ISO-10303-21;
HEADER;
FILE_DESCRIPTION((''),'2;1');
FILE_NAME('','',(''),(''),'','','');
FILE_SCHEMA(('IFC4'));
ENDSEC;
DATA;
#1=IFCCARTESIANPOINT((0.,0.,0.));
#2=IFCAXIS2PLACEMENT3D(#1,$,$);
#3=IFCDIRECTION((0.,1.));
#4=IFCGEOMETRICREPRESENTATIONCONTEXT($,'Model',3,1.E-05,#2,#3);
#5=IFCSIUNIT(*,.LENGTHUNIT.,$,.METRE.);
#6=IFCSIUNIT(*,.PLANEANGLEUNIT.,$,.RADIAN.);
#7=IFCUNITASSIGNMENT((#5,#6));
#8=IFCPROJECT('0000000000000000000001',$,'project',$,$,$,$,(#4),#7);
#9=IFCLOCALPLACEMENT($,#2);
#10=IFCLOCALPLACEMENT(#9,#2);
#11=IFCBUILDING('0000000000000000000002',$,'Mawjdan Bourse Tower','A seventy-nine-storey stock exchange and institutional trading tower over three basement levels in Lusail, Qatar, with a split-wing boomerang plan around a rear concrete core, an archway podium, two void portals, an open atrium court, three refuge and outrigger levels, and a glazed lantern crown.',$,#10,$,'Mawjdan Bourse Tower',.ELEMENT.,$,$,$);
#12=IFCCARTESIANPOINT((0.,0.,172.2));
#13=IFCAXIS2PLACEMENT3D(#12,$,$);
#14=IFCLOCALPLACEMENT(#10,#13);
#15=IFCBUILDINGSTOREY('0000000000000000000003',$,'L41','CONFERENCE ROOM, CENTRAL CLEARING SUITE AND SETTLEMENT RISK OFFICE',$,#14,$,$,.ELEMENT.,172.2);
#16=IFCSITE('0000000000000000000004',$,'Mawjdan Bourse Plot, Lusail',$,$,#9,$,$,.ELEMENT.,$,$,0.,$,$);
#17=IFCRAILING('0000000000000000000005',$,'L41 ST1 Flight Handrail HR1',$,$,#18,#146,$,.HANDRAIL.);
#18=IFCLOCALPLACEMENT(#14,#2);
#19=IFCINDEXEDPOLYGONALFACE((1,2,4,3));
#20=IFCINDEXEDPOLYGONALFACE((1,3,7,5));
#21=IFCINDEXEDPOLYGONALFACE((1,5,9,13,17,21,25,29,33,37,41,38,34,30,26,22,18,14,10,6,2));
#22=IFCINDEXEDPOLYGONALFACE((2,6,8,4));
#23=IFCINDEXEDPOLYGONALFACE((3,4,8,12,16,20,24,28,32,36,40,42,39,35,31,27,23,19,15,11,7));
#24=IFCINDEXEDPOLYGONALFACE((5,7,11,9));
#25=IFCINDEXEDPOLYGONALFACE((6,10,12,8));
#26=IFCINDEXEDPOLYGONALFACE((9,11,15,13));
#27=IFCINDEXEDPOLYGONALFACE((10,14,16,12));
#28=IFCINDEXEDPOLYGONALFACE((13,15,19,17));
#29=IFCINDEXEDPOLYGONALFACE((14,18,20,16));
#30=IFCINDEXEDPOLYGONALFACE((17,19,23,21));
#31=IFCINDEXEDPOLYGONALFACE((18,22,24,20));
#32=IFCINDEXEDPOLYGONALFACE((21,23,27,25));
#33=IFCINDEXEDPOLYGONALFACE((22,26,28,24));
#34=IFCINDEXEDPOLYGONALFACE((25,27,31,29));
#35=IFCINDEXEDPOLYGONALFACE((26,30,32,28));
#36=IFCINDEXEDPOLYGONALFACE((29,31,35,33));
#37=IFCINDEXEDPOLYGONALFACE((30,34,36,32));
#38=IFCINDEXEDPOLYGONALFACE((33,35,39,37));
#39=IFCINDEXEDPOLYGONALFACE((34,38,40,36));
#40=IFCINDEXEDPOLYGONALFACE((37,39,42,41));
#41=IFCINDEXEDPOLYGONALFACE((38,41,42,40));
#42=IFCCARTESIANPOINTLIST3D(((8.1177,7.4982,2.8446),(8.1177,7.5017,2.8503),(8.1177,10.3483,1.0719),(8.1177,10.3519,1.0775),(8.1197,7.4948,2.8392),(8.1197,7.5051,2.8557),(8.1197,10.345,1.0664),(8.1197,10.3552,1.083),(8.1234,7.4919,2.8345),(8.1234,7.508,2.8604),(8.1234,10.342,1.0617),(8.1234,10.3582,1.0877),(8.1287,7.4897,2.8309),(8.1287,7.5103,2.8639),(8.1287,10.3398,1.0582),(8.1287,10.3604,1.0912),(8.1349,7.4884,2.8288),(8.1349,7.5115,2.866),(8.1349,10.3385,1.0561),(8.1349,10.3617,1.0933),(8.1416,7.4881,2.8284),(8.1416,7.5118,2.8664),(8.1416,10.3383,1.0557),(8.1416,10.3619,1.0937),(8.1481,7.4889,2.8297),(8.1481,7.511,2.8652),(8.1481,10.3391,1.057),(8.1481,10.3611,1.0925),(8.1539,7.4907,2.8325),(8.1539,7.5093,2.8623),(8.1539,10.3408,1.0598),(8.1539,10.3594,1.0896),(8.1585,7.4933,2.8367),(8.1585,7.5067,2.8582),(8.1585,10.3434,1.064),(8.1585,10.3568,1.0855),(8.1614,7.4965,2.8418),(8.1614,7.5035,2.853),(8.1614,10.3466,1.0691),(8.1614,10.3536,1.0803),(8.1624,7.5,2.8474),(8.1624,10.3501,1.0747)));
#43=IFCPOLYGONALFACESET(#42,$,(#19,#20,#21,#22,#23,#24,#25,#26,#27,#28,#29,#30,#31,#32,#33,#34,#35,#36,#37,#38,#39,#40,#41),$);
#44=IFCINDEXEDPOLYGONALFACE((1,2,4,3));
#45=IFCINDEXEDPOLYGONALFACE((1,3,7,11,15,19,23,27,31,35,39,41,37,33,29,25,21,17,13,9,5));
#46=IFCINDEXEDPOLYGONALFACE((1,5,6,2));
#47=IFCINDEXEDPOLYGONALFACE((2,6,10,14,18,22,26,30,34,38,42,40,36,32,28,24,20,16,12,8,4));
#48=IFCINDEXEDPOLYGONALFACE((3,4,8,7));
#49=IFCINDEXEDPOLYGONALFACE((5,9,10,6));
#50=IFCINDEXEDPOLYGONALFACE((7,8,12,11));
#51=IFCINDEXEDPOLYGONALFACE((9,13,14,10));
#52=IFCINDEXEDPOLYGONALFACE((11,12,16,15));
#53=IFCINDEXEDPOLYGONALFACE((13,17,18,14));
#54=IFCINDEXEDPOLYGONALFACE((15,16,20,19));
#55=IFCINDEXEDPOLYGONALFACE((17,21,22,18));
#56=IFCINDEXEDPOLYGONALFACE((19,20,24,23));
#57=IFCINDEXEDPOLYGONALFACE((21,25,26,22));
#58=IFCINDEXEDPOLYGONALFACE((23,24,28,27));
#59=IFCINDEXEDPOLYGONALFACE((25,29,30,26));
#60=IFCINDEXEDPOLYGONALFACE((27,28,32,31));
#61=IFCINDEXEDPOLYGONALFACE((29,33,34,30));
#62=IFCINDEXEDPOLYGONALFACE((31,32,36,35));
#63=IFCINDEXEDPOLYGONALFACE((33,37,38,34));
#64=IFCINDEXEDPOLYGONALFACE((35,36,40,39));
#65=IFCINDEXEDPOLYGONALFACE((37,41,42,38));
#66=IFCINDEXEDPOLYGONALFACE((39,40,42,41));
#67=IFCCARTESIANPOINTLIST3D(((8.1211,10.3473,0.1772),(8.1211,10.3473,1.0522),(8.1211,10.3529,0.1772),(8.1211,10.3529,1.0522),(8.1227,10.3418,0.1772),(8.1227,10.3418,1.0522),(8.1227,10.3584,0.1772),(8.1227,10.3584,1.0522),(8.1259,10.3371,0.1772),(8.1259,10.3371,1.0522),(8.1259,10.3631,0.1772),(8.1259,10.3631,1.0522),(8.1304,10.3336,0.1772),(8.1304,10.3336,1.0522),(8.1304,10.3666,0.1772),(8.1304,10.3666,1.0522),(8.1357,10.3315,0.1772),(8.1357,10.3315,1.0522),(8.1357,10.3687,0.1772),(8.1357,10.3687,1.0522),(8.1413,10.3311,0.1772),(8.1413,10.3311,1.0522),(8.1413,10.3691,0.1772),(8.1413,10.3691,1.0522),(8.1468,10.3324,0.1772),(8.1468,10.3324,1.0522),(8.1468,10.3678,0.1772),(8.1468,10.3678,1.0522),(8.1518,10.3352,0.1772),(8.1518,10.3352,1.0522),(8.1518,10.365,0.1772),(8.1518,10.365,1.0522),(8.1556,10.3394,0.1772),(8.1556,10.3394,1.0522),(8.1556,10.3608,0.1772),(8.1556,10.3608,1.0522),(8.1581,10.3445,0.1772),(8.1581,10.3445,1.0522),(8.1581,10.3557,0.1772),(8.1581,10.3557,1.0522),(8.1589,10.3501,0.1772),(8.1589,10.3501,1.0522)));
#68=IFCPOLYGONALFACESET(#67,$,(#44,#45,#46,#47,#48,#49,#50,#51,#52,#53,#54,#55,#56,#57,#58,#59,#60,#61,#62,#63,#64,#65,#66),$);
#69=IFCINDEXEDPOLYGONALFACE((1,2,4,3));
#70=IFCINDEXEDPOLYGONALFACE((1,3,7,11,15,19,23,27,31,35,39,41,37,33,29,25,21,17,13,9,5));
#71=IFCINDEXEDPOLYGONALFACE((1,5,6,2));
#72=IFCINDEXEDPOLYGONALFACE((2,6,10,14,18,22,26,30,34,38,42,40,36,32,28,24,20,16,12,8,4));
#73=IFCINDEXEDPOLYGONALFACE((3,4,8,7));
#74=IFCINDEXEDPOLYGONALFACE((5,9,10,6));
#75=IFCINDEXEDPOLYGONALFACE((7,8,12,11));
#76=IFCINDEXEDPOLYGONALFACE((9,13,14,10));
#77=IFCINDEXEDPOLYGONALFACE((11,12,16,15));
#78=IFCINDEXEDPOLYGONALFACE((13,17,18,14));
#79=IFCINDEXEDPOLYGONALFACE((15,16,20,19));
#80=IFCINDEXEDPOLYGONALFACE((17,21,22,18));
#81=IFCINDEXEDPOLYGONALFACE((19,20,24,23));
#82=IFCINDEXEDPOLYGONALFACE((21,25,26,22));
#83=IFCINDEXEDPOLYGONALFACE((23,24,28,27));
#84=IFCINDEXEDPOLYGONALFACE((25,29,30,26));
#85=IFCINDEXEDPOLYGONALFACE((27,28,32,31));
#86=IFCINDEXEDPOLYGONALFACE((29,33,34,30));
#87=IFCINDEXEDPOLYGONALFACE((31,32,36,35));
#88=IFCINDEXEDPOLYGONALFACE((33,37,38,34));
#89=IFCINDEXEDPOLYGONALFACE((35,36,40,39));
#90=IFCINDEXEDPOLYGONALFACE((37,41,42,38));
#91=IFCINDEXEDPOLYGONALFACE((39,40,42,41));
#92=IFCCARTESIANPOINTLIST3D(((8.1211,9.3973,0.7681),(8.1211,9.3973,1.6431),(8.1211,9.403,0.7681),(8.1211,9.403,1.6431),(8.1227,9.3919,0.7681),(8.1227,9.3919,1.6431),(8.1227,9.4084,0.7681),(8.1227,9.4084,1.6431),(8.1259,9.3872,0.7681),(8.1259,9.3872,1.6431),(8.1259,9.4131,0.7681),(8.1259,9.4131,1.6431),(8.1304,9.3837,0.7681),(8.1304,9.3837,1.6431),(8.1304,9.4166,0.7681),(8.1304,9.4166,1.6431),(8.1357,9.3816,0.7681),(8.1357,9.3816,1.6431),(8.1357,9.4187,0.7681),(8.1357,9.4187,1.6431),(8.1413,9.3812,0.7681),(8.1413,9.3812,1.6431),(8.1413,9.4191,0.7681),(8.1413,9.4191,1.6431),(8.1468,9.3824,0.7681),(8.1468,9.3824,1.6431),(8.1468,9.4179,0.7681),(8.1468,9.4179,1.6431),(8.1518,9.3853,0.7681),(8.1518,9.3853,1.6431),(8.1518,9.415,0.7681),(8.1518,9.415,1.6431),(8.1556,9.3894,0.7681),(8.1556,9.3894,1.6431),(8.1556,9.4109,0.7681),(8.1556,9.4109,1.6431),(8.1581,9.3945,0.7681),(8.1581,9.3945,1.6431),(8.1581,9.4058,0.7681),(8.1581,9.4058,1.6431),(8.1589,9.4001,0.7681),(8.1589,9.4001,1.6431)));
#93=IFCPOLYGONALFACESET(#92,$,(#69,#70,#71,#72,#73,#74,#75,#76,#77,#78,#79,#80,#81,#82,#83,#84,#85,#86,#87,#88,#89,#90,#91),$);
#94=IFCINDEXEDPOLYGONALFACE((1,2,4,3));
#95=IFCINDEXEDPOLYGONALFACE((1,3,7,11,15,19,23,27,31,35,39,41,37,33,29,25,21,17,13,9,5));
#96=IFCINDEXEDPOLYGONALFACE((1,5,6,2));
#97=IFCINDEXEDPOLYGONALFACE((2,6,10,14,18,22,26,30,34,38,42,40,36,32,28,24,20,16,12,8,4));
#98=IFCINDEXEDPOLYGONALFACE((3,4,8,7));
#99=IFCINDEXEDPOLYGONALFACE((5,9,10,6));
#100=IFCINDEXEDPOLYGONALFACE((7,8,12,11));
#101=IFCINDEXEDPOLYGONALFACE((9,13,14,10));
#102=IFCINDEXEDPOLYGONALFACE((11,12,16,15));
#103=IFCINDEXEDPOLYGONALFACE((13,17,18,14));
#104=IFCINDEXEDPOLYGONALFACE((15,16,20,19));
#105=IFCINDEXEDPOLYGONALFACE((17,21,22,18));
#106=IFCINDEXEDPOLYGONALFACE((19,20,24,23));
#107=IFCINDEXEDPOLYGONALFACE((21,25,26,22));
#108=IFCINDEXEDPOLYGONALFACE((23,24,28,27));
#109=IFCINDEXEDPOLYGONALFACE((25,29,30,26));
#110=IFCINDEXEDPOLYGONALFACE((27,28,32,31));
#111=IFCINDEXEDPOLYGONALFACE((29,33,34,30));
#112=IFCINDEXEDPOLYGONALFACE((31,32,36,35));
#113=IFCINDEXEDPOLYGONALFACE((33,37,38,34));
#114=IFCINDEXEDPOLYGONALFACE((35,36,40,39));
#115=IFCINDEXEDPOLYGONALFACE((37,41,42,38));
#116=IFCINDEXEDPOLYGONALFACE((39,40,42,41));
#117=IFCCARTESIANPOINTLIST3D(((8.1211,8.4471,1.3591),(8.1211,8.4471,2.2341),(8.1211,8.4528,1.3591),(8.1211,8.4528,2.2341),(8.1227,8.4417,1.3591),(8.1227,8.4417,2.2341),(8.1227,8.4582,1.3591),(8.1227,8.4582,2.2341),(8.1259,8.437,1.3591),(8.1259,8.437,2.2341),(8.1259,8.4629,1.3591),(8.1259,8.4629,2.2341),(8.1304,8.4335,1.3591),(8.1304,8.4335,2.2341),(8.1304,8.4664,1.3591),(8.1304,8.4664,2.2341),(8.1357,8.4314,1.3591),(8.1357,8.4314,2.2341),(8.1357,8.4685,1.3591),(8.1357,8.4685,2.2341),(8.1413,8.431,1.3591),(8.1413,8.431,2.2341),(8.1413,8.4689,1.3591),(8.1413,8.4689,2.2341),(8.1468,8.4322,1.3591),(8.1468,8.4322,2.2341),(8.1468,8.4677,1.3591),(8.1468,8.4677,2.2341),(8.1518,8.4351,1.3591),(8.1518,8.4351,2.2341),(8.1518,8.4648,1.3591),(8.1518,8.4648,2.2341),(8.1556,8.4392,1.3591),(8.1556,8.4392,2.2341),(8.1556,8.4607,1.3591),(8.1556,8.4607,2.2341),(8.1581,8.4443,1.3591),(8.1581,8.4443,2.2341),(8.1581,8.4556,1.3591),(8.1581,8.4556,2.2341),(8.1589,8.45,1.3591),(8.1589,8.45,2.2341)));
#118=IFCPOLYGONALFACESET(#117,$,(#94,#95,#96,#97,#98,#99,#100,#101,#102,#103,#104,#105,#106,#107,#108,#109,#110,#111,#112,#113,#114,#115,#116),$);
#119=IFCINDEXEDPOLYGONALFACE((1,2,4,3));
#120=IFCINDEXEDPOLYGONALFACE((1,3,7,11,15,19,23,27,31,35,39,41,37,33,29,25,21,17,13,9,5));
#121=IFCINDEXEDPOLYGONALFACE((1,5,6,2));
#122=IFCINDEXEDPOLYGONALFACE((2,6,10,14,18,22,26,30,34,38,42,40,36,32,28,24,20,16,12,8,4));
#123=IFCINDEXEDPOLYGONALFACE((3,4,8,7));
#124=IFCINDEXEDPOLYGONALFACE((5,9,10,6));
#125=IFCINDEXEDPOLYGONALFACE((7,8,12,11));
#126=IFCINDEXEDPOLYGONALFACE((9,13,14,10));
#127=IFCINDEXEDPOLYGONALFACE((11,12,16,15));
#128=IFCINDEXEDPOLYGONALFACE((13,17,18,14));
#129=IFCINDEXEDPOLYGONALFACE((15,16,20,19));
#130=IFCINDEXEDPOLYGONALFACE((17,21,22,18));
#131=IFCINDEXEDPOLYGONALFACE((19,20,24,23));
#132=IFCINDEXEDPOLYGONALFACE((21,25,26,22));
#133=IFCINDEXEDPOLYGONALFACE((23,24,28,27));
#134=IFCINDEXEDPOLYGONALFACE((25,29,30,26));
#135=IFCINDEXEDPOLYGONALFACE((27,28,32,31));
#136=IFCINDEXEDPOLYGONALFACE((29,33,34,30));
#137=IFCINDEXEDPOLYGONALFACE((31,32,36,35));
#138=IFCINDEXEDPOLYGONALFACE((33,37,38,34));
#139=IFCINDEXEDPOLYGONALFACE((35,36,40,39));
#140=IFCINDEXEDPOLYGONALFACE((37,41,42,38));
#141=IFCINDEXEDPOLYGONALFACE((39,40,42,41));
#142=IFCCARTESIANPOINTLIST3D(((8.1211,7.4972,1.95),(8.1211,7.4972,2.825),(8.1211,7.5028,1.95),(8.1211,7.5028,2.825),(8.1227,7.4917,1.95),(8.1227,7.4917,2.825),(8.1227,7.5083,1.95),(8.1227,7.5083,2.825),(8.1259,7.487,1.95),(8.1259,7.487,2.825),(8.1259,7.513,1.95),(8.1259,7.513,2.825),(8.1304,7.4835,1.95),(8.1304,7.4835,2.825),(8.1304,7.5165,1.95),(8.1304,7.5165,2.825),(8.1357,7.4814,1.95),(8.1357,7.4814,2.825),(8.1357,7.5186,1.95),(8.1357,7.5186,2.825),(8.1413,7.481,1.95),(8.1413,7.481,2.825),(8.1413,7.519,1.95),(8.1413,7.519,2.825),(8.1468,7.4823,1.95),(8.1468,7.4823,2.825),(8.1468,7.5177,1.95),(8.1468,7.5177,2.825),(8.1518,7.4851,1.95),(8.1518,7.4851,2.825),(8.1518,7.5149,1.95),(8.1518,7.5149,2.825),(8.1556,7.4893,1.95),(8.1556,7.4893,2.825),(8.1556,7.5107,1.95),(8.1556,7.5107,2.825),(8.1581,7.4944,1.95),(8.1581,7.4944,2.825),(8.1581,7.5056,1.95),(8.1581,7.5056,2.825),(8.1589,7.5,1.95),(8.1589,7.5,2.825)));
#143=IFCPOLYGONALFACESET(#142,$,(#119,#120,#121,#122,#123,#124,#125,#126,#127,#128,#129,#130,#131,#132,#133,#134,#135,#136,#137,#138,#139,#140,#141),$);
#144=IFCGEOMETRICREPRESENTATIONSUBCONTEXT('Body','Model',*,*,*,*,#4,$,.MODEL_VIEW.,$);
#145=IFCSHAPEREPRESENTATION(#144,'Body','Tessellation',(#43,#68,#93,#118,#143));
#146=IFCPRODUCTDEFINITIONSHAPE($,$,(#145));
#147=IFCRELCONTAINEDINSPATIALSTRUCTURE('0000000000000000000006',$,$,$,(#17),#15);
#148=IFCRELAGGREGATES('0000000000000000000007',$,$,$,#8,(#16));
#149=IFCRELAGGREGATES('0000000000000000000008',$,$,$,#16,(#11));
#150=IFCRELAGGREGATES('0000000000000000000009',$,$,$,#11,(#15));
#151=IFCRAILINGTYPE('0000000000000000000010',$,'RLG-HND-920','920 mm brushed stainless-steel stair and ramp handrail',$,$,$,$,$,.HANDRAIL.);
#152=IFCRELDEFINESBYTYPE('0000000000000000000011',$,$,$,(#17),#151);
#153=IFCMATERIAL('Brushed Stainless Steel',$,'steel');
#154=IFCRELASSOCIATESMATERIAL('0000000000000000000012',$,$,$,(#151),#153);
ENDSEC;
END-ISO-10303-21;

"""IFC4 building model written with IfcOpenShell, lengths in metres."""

from ifc_helpers import new_model, si_unit, direction, frame, origin, origin_2d, place, context, subcontext, project, spatial, circle, extrude, material, type_object, element, save


model = new_model("IFC4")

# Units and contexts
model_context = context("Model", 3, precision=1e-05, world=origin(), true_north=direction((0.0, 1.0)))
body_context = subcontext(model_context, "Body", "Model", "MODEL_VIEW")
ifc_project = project(units=[si_unit("LENGTHUNIT", "METRE"), si_unit("PLANEANGLEUNIT", "RADIAN")], contexts=[model_context])

# Site, building, storey
site_placement = place(None, origin())
site = spatial("IfcSite", under=ifc_project, at=site_placement, Name="Mawjdan Bourse Plot, Lusail", CompositionType="ELEMENT", RefElevation=0.0)
building_placement = place(site_placement, origin())
building = spatial("IfcBuilding", under=site, at=building_placement, Name="Mawjdan Bourse Tower", Description="A seventy-nine-storey stock exchange and institutional trading tower over three basement levels in Lusail, Qatar, with a split-wing boomerang plan around a rear concrete core, an archway podium, two void portals, an open atrium court, three refuge and outrigger levels, and a glazed lantern crown.", LongName="Mawjdan Bourse Tower", CompositionType="ELEMENT")
storey_placement = place(building_placement, frame((0.0, 0.0, 172.2)))
storey = spatial("IfcBuildingStorey", under=building, at=storey_placement, Name="L41", Description="CONFERENCE ROOM, CENTRAL CLEARING SUITE AND SETTLEMENT RISK OFFICE", CompositionType="ELEMENT", Elevation=172.2)

# Railing
ifc_material_1 = material(Name="Brushed Stainless Steel", Category="steel")
railing_type_1 = type_object("IfcRailingType", Name="RLG-HND-920", Description="920 mm brushed stainless-steel stair and ramp handrail", PredefinedType="HANDRAIL", material=ifc_material_1)
railing_1_placement = place(storey_placement, frame((8.1399, 10.3501, 0.1772)))
element("IfcRailing", 1, at=railing_1_placement, inside=storey, type_object=railing_type_1, Name="L41 ST1 Flight Handrail HR1", PredefinedType="HANDRAIL", context=body_context, shape_type="SweptSolid", body=[
    extrude(circle(Radius=0.0225, at=origin_2d()), frame((0.0, 0.0, 0.8975), z_axis=(0.0, -0.849149, 0.528154), x_axis=(1.0, 0.0, 0.0)), (0.0, 0.0, 1.0), 3.3564),
    extrude(circle(Radius=0.019, at=origin_2d()), origin(), (0.0, 0.0, 1.0), 0.875),
    extrude(circle(Radius=0.019, at=origin_2d()), frame((0.0, -0.95, 0.5908)), (0.0, 0.0, 1.0), 0.875),
    extrude(circle(Radius=0.019, at=origin_2d()), frame((0.0, -1.9001, 1.1819)), (0.0, 0.0, 1.0), 0.875),
    extrude(circle(Radius=0.019, at=origin_2d()), frame((0.0, -2.8501, 1.7727)), (0.0, 0.0, 1.0), 0.875),
])

save(model, "model.ifc")
